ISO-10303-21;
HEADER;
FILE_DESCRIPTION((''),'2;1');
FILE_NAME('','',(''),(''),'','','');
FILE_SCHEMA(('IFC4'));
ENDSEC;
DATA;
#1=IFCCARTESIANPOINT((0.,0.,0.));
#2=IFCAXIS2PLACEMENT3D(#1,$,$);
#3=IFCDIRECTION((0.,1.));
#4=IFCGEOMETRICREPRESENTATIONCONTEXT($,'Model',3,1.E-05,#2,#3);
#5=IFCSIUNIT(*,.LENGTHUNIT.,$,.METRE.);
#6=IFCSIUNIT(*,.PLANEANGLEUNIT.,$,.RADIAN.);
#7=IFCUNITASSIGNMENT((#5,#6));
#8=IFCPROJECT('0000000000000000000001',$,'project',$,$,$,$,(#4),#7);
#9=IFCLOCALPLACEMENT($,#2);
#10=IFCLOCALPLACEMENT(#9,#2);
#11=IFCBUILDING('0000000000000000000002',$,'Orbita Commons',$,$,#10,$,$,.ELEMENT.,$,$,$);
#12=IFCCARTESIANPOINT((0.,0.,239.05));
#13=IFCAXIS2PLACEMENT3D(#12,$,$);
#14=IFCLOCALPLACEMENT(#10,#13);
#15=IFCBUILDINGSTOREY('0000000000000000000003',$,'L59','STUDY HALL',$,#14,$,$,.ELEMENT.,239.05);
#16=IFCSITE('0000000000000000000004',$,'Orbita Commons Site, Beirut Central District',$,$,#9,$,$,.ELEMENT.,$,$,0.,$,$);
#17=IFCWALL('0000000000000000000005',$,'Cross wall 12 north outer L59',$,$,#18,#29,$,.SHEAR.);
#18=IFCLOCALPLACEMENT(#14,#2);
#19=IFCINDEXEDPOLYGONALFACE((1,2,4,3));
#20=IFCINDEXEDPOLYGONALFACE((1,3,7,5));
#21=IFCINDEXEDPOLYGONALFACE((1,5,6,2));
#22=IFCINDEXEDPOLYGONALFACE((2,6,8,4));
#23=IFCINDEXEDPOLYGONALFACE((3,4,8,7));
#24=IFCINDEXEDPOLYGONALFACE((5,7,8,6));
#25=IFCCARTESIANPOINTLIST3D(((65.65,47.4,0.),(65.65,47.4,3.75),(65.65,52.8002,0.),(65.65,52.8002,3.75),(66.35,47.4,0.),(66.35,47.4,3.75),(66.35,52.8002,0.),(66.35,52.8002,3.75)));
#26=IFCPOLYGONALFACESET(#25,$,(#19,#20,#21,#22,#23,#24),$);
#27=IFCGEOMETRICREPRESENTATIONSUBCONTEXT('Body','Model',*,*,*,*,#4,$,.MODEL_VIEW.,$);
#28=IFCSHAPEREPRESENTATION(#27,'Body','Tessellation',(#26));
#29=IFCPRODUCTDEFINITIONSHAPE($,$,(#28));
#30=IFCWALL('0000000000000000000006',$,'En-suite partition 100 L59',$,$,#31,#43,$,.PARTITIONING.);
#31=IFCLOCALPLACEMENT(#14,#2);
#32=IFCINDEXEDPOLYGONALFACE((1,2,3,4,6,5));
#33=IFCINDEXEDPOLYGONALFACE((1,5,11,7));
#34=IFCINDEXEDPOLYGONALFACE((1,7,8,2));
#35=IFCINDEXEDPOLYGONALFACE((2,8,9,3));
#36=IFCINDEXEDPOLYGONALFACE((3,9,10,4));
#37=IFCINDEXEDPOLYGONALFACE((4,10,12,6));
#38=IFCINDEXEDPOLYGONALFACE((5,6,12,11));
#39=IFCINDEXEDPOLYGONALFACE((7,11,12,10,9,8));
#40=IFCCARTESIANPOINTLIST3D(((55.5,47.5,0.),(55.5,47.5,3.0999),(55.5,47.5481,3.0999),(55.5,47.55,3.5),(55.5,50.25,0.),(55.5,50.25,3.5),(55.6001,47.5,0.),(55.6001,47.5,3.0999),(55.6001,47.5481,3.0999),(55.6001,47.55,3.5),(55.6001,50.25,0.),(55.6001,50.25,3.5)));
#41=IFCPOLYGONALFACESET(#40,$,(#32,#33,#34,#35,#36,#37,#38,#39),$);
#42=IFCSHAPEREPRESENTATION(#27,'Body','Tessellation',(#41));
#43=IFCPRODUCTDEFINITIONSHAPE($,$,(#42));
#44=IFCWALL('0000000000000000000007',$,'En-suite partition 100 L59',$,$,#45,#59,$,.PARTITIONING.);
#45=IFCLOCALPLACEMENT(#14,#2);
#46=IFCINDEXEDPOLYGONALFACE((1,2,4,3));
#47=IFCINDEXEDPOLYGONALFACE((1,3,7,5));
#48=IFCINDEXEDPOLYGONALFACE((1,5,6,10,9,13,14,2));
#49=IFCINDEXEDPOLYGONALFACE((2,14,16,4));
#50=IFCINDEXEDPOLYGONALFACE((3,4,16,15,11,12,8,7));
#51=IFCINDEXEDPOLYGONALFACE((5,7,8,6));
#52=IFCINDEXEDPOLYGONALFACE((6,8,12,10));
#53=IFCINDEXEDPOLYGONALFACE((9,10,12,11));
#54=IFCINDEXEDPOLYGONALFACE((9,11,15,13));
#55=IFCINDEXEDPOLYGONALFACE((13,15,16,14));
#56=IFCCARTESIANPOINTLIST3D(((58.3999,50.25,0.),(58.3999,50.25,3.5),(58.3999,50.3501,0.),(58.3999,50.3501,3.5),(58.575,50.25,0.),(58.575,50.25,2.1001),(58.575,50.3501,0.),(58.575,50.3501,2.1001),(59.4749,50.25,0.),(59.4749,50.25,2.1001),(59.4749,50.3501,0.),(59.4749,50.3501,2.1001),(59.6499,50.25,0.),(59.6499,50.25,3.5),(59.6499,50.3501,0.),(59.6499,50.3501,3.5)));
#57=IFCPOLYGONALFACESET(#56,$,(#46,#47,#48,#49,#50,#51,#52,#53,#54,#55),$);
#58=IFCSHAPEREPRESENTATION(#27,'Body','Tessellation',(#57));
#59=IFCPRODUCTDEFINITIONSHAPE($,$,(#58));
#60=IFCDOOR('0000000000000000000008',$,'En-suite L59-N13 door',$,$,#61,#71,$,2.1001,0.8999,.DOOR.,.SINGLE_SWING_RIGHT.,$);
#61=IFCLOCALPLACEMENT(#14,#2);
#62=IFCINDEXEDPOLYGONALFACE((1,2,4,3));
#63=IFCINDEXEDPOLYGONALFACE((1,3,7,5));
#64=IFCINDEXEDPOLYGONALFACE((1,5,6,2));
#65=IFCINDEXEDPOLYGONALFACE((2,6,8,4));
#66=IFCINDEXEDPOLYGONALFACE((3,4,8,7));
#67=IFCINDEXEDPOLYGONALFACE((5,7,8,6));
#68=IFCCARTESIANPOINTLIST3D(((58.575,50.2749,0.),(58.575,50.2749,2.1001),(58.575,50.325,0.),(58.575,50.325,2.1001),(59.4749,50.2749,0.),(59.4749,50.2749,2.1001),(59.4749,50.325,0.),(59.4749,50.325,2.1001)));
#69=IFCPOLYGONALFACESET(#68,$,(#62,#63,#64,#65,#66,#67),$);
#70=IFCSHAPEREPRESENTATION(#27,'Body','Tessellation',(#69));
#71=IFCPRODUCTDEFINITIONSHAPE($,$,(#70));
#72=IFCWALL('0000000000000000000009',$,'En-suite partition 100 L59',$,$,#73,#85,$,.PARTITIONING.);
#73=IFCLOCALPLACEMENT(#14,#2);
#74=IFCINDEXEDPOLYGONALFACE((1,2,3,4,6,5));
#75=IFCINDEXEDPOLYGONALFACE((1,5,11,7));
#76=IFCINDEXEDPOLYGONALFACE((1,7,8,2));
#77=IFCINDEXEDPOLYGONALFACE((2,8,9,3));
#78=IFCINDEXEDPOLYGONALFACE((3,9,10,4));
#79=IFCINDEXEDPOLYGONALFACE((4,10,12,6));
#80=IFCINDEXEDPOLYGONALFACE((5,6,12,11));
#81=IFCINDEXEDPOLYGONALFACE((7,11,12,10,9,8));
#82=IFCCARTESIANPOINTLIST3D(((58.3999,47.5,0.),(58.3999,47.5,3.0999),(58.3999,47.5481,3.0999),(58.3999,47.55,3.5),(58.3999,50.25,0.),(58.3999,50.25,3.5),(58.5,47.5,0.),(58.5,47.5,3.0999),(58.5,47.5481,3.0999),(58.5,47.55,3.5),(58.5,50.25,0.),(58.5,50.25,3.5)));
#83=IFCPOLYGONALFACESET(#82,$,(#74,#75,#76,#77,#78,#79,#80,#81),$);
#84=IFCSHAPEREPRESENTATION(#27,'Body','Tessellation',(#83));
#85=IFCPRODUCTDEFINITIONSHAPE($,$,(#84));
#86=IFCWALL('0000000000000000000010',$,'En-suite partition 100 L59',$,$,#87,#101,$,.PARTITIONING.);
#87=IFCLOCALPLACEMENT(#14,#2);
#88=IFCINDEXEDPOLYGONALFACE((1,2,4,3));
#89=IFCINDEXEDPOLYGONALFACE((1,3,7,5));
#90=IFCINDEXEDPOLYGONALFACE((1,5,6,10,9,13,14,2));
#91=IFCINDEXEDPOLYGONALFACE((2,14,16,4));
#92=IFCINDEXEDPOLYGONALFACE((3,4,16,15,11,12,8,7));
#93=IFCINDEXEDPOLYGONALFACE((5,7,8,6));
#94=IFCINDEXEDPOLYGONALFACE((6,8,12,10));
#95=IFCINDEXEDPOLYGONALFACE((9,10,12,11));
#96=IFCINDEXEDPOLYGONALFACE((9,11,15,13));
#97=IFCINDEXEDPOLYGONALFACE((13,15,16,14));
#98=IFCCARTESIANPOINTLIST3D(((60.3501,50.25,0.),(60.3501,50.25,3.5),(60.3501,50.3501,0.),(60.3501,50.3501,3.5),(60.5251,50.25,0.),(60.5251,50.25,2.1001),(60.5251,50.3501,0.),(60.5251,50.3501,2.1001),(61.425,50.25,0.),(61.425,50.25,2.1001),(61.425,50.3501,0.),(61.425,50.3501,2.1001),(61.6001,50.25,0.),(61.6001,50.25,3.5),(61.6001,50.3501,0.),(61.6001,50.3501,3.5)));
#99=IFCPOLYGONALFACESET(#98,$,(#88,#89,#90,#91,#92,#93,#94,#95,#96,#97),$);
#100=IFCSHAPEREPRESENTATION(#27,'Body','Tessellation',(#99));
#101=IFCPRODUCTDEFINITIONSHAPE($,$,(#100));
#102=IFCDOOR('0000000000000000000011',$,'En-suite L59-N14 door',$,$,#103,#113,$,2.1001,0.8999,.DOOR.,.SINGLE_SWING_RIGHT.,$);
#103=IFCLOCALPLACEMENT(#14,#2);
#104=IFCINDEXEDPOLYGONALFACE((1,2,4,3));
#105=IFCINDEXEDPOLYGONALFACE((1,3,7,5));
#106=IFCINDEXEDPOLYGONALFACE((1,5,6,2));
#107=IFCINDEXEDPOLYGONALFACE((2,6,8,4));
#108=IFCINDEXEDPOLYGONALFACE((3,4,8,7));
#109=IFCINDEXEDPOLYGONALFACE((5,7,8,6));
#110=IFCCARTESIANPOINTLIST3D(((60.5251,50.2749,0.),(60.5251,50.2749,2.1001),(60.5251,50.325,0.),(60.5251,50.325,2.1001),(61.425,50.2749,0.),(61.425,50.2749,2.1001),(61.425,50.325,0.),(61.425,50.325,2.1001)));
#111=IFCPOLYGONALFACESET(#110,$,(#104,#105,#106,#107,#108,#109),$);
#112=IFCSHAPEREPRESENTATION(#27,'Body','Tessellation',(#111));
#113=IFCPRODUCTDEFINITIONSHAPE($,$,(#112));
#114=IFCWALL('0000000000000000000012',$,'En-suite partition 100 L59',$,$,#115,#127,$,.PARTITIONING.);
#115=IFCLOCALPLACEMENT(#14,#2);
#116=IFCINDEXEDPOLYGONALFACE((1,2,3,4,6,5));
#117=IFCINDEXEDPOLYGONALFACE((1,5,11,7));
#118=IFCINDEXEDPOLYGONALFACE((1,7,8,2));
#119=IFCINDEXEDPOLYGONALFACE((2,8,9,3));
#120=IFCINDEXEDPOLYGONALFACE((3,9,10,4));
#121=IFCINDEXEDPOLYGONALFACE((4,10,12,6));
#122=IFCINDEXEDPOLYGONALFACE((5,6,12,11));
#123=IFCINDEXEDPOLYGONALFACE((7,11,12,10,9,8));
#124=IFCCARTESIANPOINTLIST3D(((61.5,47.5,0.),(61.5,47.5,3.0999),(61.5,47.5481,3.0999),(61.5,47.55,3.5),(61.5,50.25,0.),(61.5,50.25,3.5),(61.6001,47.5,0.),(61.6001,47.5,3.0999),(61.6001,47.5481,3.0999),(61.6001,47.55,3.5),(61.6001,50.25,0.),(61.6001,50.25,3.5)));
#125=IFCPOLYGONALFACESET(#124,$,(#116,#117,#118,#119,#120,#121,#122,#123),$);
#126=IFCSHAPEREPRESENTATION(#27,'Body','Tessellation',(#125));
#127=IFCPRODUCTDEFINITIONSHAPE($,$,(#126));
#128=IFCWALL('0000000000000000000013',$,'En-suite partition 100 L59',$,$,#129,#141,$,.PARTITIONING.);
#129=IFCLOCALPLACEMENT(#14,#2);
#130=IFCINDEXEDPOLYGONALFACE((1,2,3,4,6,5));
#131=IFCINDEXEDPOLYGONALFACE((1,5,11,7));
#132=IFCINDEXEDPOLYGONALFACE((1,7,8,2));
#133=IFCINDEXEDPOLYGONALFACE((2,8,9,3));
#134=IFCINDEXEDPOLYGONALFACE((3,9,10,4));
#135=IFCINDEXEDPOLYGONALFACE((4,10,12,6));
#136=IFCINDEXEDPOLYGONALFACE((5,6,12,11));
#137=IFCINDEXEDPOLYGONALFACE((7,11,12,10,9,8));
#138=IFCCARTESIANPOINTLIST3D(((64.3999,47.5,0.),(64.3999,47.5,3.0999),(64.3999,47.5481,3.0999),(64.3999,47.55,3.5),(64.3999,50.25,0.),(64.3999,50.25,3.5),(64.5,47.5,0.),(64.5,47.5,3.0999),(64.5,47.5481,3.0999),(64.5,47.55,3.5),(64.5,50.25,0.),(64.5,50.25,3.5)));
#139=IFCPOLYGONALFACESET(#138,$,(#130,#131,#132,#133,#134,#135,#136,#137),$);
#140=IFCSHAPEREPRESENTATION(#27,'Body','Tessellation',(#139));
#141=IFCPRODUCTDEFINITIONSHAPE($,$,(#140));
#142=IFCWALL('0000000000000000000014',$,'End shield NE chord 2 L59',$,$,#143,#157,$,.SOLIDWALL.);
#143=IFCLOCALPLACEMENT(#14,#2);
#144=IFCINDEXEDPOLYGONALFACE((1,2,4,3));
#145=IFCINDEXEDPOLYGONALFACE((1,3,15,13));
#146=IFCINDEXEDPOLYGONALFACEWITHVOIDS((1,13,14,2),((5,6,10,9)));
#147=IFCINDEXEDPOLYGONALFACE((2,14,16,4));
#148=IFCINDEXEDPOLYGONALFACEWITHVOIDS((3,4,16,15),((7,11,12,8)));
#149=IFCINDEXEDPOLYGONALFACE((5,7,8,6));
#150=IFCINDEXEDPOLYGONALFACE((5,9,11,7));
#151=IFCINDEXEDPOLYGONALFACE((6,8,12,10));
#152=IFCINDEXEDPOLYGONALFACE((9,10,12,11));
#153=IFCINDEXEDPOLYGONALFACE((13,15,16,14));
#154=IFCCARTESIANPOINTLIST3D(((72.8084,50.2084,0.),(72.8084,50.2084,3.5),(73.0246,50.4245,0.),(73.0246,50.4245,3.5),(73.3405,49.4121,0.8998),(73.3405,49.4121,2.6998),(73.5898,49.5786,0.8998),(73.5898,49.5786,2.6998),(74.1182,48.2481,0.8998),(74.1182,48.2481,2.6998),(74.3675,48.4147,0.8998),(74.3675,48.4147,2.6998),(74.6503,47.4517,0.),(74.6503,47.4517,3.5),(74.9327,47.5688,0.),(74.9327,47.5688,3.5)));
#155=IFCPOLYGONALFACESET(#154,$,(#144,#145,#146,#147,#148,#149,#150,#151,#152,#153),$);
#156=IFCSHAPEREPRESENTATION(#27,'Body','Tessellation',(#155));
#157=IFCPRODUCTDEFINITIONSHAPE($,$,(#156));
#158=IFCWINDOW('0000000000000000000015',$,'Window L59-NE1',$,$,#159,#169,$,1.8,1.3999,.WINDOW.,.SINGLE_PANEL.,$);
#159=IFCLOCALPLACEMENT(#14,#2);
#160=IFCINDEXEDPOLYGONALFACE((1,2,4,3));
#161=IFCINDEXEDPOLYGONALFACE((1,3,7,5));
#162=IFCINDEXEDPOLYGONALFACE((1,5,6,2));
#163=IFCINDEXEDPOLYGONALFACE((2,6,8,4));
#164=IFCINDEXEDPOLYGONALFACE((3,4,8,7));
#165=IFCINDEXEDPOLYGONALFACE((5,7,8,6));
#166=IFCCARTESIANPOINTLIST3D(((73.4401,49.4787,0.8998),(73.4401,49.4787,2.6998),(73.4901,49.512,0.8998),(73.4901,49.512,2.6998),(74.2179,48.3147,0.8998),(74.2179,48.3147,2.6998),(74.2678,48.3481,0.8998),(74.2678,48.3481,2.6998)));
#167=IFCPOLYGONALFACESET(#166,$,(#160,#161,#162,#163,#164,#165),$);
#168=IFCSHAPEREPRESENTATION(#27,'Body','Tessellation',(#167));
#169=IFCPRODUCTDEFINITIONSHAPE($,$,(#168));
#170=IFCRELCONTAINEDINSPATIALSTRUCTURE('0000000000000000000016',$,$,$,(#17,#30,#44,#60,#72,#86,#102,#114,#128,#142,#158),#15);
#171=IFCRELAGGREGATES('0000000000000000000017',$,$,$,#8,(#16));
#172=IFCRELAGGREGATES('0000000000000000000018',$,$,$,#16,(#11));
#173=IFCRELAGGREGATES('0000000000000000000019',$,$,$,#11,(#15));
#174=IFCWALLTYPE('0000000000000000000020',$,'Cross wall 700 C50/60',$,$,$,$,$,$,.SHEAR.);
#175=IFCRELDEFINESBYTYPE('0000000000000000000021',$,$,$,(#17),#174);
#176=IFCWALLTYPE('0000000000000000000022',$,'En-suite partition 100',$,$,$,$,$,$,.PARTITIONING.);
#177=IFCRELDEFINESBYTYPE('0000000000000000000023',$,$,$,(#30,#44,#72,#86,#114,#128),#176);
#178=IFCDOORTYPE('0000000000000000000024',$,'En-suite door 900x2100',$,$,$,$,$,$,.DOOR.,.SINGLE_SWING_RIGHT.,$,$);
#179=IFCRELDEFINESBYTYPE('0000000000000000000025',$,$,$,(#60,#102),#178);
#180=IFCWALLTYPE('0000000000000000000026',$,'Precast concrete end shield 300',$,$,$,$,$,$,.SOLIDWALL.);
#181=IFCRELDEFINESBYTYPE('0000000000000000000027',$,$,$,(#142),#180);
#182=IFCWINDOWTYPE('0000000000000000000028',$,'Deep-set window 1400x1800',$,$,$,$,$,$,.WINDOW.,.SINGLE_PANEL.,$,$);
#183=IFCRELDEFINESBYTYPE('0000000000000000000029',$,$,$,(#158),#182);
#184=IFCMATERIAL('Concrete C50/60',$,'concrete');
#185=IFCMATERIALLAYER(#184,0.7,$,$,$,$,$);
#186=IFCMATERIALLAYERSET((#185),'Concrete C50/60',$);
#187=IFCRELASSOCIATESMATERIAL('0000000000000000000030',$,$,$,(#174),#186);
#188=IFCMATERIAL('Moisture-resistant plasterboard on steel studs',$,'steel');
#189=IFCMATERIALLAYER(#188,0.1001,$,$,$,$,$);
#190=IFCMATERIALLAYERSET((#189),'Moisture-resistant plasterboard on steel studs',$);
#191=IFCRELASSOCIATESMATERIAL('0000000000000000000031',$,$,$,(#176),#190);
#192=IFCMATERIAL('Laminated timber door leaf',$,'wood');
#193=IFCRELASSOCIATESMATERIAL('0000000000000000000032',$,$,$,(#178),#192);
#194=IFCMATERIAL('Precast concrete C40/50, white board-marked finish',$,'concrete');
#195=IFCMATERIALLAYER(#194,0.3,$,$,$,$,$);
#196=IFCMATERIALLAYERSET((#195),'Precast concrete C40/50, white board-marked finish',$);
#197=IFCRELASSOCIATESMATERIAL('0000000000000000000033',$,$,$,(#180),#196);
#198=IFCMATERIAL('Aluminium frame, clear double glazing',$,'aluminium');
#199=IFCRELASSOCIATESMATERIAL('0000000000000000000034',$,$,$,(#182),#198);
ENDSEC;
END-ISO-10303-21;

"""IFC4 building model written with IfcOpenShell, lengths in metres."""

from ifc_helpers import new_model, si_unit, direction, frame, frame_2d, origin, place, context, subcontext, project, spatial, polyline, rectangle, outline, extrude, material, layer, layer_set, type_object, element, fill, save


model = new_model("IFC4")

# Units and contexts
model_context = context("Model", 3, precision=1e-05, world=origin(), true_north=direction((0.0, 1.0)))
body_context = subcontext(model_context, "Body", "Model", "MODEL_VIEW")
ifc_project = project(units=[si_unit("LENGTHUNIT", "METRE"), si_unit("PLANEANGLEUNIT", "RADIAN")], contexts=[model_context])

# Site, building, storey
site_placement = place(None, origin())
site = spatial("IfcSite", under=ifc_project, at=site_placement, Name="Orbita Commons Site, Beirut Central District", CompositionType="ELEMENT", RefElevation=0.0)
building_placement = place(site_placement, origin())
building = spatial("IfcBuilding", under=site, at=building_placement, Name="Orbita Commons", CompositionType="ELEMENT")
storey_placement = place(building_placement, frame((0.0, 0.0, 239.05)))
storey = spatial("IfcBuildingStorey", under=building, at=storey_placement, Name="L59", Description="STUDY HALL", CompositionType="ELEMENT", Elevation=239.05)

# Walls
ifc_material_1 = material(Name="Concrete C50/60", Category="concrete")
ifc_layer_1 = layer(ifc_material_1, 0.7)
ifc_layer_set_1 = layer_set([ifc_layer_1], Name="Concrete C50/60")
wall_type_1 = type_object("IfcWallType", Name="Cross wall 700 C50/60", PredefinedType="SHEAR", material=ifc_layer_set_1)
for number, where, z_axis, x_axis, name in (
    (1, (66.0, 47.3999, 0.0), (0.0, 0.0, 1.0), (0.0, 1.0, 0.0), "Cross wall 12 north outer L59"),
):
    element("IfcWall", number, at=place(storey_placement, frame(where, z_axis=z_axis, x_axis=x_axis)), inside=storey, type_object=wall_type_1, Name=name, PredefinedType="SHEAR", context=body_context, shape_type="SweptSolid", body=[
        extrude(rectangle(XDim=5.4001, YDim=0.7, at=frame_2d((2.7002, 0.0))), origin(), (0.0, 0.0, 1.0), 3.75),
    ])
ifc_material_2 = material(Name="Moisture-resistant plasterboard on steel studs", Category="steel")
ifc_layer_2 = layer(ifc_material_2, 0.1001)
ifc_layer_set_2 = layer_set([ifc_layer_2], Name="Moisture-resistant plasterboard on steel studs")
wall_type_2 = type_object("IfcWallType", Name="En-suite partition 100", PredefinedType="PARTITIONING", material=ifc_layer_set_2)
wall_1_placement = place(storey_placement, frame((55.55, 50.25, 0.0), z_axis=(0.0, 0.0, 1.0), x_axis=(0.0, -1.0, 0.0)))
element("IfcWall", 2, at=wall_1_placement, inside=storey, type_object=wall_type_2, Name="En-suite partition 100 L59", PredefinedType="PARTITIONING", context=body_context, shape_type="SweptSolid", body=[
    extrude(outline(polyline([(0.0, 0.0), (2.75, 0.0), (2.75, 3.0999), (2.7019, 3.0999), (2.7, 3.5), (0.0, 3.5), (0.0, 0.0)])), frame((0.0, 0.05, 0.0), z_axis=(0.0, -1.0, 0.0), x_axis=(1.0, 0.0, 0.0)), (0.0, 0.0, 1.0), 0.1001),
])

# Wall, opening, door
wall_2_placement = place(storey_placement, frame((58.3999, 50.3, 0.0), z_axis=(0.0, 0.0, 1.0), x_axis=(1.0, 0.0, 0.0)))
wall_2 = element("IfcWall", 3, at=wall_2_placement, inside=storey, type_object=wall_type_2, Name="En-suite partition 100 L59", PredefinedType="PARTITIONING", context=body_context, shape_type="SweptSolid", body=[
    extrude(rectangle(XDim=1.25, YDim=0.1001, at=frame_2d((0.625, 0.0))), origin(), (0.0, 0.0, 1.0), 3.5),
])
opening_1_placement = place(wall_2_placement, frame((0.175, 0.0, 0.0)))
opening_1 = element("IfcOpeningElement", 4, at=opening_1_placement, cuts=wall_2, PredefinedType="OPENING", context=body_context, shape_type="SweptSolid", body=[
    extrude(rectangle(XDim=0.8999, YDim=2.1001, at=frame_2d((0.45, 1.05))), frame((0.0, 0.0601, 0.0), z_axis=(0.0, -1.0, 0.0), x_axis=(1.0, 0.0, 0.0)), (0.0, 0.0, 1.0), 0.1201),
])
ifc_material_3 = material(Name="Laminated timber door leaf", Category="wood")
door_type_1 = type_object("IfcDoorType", Name="En-suite door 900x2100", OperationType="SINGLE_SWING_RIGHT", PredefinedType="DOOR", material=ifc_material_3)
door_1_placement = place(opening_1_placement, origin())
door_1 = element("IfcDoor", 5, at=door_1_placement, inside=storey, type_object=door_type_1, Name="En-suite L59-N13 door", OperationType="SINGLE_SWING_RIGHT", OverallHeight=2.1001, OverallWidth=0.8999, PredefinedType="DOOR", context=body_context, shape_type="SweptSolid", body=[
    extrude(rectangle(XDim=0.8999, YDim=2.1001, at=frame_2d((0.45, 1.05))), frame((0.0, 0.0249, 0.0), z_axis=(0.0, -1.0, 0.0), x_axis=(1.0, 0.0, 0.0)), (0.0, 0.0, 1.0), 0.05),
])
fill(opening_1, door_1)

# Wall
wall_3_placement = place(storey_placement, frame((58.45, 50.25, 0.0), z_axis=(0.0, 0.0, 1.0), x_axis=(0.0, -1.0, 0.0)))
element("IfcWall", 6, at=wall_3_placement, inside=storey, type_object=wall_type_2, Name="En-suite partition 100 L59", PredefinedType="PARTITIONING", context=body_context, shape_type="SweptSolid", body=[
    extrude(outline(polyline([(0.0, 0.0), (2.75, 0.0), (2.75, 3.0999), (2.7019, 3.0999), (2.7, 3.5), (0.0, 3.5), (0.0, 0.0)])), frame((0.0, 0.05, 0.0), z_axis=(0.0, -1.0, 0.0), x_axis=(1.0, 0.0, 0.0)), (0.0, 0.0, 1.0), 0.1001),
])

# Wall, opening, door
wall_4_placement = place(storey_placement, frame((60.3501, 50.3, 0.0), z_axis=(0.0, 0.0, 1.0), x_axis=(1.0, 0.0, 0.0)))
wall_4 = element("IfcWall", 7, at=wall_4_placement, inside=storey, type_object=wall_type_2, Name="En-suite partition 100 L59", PredefinedType="PARTITIONING", context=body_context, shape_type="SweptSolid", body=[
    extrude(rectangle(XDim=1.25, YDim=0.1001, at=frame_2d((0.625, 0.0))), origin(), (0.0, 0.0, 1.0), 3.5),
])
opening_2_placement = place(wall_4_placement, frame((0.175, 0.0, 0.0)))
opening_2 = element("IfcOpeningElement", 8, at=opening_2_placement, cuts=wall_4, PredefinedType="OPENING", context=body_context, shape_type="SweptSolid", body=[
    extrude(rectangle(XDim=0.8999, YDim=2.1001, at=frame_2d((0.45, 1.05))), frame((0.0, 0.0601, 0.0), z_axis=(0.0, -1.0, 0.0), x_axis=(1.0, 0.0, 0.0)), (0.0, 0.0, 1.0), 0.1201),
])
door_2_placement = place(opening_2_placement, origin())
door_2 = element("IfcDoor", 9, at=door_2_placement, inside=storey, type_object=door_type_1, Name="En-suite L59-N14 door", OperationType="SINGLE_SWING_RIGHT", OverallHeight=2.1001, OverallWidth=0.8999, PredefinedType="DOOR", context=body_context, shape_type="SweptSolid", body=[
    extrude(rectangle(XDim=0.8999, YDim=2.1001, at=frame_2d((0.45, 1.05))), frame((0.0, 0.0249, 0.0), z_axis=(0.0, -1.0, 0.0), x_axis=(1.0, 0.0, 0.0)), (0.0, 0.0, 1.0), 0.05),
])
fill(opening_2, door_2)

# Walls
for number, where, z_axis, x_axis, name in (
    (10, (61.55, 50.25, 0.0), (0.0, 0.0, 1.0), (0.0, -1.0, 0.0), "En-suite partition 100 L59"),
    (11, (64.45, 50.25, 0.0), (0.0, 0.0, 1.0), (0.0, -1.0, 0.0), "En-suite partition 100 L59"),
):
    element("IfcWall", number, at=place(storey_placement, frame(where, z_axis=z_axis, x_axis=x_axis)), inside=storey, type_object=wall_type_2, Name=name, PredefinedType="PARTITIONING", context=body_context, shape_type="SweptSolid", body=[
        extrude(outline(polyline([(0.0, 0.0), (2.75, 0.0), (2.75, 3.0999), (2.7019, 3.0999), (2.7, 3.5), (0.0, 3.5), (0.0, 0.0)])), frame((0.0, 0.05, 0.0), z_axis=(0.0, -1.0, 0.0), x_axis=(1.0, 0.0, 0.0)), (0.0, 0.0, 1.0), 0.1001),
    ])

# Wall, opening, window
ifc_material_4 = material(Name="Precast concrete C40/50, white board-marked finish", Category="concrete")
ifc_layer_3 = layer(ifc_material_4, 0.3)
ifc_layer_set_3 = layer_set([ifc_layer_3], Name="Precast concrete C40/50, white board-marked finish")
wall_type_3 = type_object("IfcWallType", Name="Precast concrete end shield 300", PredefinedType="SOLIDWALL", material=ifc_layer_set_3)
wall_5_placement = place(storey_placement, frame((74.7915, 47.5103, 0.0), z_axis=(0.0, 0.0, 1.0), x_axis=(-0.555568, 0.831471, 0.0)))
wall_5 = element("IfcWall", 12, at=wall_5_placement, inside=storey, type_object=wall_type_3, Name="End shield NE chord 2 L59", PredefinedType="SOLIDWALL", context=body_context, shape_type="SweptSolid", body=[
    extrude(outline(polyline([(-0.0298, -0.1499), (3.4048, -0.1499), (3.3452, 0.1499), (0.0298, 0.1499), (-0.0298, -0.1499)])), origin(), (0.0, 0.0, 1.0), 3.5),
])
opening_3_placement = place(wall_5_placement, frame((0.9875, 0.0, 0.8999)))
opening_3 = element("IfcOpeningElement", 13, at=opening_3_placement, cuts=wall_5, PredefinedType="OPENING", context=body_context, shape_type="SweptSolid", body=[
    extrude(rectangle(XDim=1.3999, YDim=1.8, at=frame_2d((0.7, 0.8999))), frame((0.0, 0.1599, 0.0), z_axis=(0.0, -1.0, 0.0), x_axis=(1.0, 0.0, 0.0)), (0.0, 0.0, 1.0), 0.3201),
])
ifc_material_5 = material(Name="Aluminium frame, clear double glazing", Category="aluminium")
window_type = type_object("IfcWindowType", Name="Deep-set window 1400x1800", PartitioningType="SINGLE_PANEL", PredefinedType="WINDOW", material=ifc_material_5)
window_placement = place(opening_3_placement, origin())
window = element("IfcWindow", 14, at=window_placement, inside=storey, type_object=window_type, Name="Window L59-NE1", OverallHeight=1.8, OverallWidth=1.3999, PartitioningType="SINGLE_PANEL", PredefinedType="WINDOW", context=body_context, shape_type="SweptSolid", body=[
    extrude(rectangle(XDim=1.3999, YDim=1.8, at=frame_2d((0.7, 0.8999))), frame((0.0, 0.03, 0.0), z_axis=(0.0, -1.0, 0.0), x_axis=(1.0, 0.0, 0.0)), (0.0, 0.0, 1.0), 0.0601),
])
fill(opening_3, window)

save(model, "model.ifc")
